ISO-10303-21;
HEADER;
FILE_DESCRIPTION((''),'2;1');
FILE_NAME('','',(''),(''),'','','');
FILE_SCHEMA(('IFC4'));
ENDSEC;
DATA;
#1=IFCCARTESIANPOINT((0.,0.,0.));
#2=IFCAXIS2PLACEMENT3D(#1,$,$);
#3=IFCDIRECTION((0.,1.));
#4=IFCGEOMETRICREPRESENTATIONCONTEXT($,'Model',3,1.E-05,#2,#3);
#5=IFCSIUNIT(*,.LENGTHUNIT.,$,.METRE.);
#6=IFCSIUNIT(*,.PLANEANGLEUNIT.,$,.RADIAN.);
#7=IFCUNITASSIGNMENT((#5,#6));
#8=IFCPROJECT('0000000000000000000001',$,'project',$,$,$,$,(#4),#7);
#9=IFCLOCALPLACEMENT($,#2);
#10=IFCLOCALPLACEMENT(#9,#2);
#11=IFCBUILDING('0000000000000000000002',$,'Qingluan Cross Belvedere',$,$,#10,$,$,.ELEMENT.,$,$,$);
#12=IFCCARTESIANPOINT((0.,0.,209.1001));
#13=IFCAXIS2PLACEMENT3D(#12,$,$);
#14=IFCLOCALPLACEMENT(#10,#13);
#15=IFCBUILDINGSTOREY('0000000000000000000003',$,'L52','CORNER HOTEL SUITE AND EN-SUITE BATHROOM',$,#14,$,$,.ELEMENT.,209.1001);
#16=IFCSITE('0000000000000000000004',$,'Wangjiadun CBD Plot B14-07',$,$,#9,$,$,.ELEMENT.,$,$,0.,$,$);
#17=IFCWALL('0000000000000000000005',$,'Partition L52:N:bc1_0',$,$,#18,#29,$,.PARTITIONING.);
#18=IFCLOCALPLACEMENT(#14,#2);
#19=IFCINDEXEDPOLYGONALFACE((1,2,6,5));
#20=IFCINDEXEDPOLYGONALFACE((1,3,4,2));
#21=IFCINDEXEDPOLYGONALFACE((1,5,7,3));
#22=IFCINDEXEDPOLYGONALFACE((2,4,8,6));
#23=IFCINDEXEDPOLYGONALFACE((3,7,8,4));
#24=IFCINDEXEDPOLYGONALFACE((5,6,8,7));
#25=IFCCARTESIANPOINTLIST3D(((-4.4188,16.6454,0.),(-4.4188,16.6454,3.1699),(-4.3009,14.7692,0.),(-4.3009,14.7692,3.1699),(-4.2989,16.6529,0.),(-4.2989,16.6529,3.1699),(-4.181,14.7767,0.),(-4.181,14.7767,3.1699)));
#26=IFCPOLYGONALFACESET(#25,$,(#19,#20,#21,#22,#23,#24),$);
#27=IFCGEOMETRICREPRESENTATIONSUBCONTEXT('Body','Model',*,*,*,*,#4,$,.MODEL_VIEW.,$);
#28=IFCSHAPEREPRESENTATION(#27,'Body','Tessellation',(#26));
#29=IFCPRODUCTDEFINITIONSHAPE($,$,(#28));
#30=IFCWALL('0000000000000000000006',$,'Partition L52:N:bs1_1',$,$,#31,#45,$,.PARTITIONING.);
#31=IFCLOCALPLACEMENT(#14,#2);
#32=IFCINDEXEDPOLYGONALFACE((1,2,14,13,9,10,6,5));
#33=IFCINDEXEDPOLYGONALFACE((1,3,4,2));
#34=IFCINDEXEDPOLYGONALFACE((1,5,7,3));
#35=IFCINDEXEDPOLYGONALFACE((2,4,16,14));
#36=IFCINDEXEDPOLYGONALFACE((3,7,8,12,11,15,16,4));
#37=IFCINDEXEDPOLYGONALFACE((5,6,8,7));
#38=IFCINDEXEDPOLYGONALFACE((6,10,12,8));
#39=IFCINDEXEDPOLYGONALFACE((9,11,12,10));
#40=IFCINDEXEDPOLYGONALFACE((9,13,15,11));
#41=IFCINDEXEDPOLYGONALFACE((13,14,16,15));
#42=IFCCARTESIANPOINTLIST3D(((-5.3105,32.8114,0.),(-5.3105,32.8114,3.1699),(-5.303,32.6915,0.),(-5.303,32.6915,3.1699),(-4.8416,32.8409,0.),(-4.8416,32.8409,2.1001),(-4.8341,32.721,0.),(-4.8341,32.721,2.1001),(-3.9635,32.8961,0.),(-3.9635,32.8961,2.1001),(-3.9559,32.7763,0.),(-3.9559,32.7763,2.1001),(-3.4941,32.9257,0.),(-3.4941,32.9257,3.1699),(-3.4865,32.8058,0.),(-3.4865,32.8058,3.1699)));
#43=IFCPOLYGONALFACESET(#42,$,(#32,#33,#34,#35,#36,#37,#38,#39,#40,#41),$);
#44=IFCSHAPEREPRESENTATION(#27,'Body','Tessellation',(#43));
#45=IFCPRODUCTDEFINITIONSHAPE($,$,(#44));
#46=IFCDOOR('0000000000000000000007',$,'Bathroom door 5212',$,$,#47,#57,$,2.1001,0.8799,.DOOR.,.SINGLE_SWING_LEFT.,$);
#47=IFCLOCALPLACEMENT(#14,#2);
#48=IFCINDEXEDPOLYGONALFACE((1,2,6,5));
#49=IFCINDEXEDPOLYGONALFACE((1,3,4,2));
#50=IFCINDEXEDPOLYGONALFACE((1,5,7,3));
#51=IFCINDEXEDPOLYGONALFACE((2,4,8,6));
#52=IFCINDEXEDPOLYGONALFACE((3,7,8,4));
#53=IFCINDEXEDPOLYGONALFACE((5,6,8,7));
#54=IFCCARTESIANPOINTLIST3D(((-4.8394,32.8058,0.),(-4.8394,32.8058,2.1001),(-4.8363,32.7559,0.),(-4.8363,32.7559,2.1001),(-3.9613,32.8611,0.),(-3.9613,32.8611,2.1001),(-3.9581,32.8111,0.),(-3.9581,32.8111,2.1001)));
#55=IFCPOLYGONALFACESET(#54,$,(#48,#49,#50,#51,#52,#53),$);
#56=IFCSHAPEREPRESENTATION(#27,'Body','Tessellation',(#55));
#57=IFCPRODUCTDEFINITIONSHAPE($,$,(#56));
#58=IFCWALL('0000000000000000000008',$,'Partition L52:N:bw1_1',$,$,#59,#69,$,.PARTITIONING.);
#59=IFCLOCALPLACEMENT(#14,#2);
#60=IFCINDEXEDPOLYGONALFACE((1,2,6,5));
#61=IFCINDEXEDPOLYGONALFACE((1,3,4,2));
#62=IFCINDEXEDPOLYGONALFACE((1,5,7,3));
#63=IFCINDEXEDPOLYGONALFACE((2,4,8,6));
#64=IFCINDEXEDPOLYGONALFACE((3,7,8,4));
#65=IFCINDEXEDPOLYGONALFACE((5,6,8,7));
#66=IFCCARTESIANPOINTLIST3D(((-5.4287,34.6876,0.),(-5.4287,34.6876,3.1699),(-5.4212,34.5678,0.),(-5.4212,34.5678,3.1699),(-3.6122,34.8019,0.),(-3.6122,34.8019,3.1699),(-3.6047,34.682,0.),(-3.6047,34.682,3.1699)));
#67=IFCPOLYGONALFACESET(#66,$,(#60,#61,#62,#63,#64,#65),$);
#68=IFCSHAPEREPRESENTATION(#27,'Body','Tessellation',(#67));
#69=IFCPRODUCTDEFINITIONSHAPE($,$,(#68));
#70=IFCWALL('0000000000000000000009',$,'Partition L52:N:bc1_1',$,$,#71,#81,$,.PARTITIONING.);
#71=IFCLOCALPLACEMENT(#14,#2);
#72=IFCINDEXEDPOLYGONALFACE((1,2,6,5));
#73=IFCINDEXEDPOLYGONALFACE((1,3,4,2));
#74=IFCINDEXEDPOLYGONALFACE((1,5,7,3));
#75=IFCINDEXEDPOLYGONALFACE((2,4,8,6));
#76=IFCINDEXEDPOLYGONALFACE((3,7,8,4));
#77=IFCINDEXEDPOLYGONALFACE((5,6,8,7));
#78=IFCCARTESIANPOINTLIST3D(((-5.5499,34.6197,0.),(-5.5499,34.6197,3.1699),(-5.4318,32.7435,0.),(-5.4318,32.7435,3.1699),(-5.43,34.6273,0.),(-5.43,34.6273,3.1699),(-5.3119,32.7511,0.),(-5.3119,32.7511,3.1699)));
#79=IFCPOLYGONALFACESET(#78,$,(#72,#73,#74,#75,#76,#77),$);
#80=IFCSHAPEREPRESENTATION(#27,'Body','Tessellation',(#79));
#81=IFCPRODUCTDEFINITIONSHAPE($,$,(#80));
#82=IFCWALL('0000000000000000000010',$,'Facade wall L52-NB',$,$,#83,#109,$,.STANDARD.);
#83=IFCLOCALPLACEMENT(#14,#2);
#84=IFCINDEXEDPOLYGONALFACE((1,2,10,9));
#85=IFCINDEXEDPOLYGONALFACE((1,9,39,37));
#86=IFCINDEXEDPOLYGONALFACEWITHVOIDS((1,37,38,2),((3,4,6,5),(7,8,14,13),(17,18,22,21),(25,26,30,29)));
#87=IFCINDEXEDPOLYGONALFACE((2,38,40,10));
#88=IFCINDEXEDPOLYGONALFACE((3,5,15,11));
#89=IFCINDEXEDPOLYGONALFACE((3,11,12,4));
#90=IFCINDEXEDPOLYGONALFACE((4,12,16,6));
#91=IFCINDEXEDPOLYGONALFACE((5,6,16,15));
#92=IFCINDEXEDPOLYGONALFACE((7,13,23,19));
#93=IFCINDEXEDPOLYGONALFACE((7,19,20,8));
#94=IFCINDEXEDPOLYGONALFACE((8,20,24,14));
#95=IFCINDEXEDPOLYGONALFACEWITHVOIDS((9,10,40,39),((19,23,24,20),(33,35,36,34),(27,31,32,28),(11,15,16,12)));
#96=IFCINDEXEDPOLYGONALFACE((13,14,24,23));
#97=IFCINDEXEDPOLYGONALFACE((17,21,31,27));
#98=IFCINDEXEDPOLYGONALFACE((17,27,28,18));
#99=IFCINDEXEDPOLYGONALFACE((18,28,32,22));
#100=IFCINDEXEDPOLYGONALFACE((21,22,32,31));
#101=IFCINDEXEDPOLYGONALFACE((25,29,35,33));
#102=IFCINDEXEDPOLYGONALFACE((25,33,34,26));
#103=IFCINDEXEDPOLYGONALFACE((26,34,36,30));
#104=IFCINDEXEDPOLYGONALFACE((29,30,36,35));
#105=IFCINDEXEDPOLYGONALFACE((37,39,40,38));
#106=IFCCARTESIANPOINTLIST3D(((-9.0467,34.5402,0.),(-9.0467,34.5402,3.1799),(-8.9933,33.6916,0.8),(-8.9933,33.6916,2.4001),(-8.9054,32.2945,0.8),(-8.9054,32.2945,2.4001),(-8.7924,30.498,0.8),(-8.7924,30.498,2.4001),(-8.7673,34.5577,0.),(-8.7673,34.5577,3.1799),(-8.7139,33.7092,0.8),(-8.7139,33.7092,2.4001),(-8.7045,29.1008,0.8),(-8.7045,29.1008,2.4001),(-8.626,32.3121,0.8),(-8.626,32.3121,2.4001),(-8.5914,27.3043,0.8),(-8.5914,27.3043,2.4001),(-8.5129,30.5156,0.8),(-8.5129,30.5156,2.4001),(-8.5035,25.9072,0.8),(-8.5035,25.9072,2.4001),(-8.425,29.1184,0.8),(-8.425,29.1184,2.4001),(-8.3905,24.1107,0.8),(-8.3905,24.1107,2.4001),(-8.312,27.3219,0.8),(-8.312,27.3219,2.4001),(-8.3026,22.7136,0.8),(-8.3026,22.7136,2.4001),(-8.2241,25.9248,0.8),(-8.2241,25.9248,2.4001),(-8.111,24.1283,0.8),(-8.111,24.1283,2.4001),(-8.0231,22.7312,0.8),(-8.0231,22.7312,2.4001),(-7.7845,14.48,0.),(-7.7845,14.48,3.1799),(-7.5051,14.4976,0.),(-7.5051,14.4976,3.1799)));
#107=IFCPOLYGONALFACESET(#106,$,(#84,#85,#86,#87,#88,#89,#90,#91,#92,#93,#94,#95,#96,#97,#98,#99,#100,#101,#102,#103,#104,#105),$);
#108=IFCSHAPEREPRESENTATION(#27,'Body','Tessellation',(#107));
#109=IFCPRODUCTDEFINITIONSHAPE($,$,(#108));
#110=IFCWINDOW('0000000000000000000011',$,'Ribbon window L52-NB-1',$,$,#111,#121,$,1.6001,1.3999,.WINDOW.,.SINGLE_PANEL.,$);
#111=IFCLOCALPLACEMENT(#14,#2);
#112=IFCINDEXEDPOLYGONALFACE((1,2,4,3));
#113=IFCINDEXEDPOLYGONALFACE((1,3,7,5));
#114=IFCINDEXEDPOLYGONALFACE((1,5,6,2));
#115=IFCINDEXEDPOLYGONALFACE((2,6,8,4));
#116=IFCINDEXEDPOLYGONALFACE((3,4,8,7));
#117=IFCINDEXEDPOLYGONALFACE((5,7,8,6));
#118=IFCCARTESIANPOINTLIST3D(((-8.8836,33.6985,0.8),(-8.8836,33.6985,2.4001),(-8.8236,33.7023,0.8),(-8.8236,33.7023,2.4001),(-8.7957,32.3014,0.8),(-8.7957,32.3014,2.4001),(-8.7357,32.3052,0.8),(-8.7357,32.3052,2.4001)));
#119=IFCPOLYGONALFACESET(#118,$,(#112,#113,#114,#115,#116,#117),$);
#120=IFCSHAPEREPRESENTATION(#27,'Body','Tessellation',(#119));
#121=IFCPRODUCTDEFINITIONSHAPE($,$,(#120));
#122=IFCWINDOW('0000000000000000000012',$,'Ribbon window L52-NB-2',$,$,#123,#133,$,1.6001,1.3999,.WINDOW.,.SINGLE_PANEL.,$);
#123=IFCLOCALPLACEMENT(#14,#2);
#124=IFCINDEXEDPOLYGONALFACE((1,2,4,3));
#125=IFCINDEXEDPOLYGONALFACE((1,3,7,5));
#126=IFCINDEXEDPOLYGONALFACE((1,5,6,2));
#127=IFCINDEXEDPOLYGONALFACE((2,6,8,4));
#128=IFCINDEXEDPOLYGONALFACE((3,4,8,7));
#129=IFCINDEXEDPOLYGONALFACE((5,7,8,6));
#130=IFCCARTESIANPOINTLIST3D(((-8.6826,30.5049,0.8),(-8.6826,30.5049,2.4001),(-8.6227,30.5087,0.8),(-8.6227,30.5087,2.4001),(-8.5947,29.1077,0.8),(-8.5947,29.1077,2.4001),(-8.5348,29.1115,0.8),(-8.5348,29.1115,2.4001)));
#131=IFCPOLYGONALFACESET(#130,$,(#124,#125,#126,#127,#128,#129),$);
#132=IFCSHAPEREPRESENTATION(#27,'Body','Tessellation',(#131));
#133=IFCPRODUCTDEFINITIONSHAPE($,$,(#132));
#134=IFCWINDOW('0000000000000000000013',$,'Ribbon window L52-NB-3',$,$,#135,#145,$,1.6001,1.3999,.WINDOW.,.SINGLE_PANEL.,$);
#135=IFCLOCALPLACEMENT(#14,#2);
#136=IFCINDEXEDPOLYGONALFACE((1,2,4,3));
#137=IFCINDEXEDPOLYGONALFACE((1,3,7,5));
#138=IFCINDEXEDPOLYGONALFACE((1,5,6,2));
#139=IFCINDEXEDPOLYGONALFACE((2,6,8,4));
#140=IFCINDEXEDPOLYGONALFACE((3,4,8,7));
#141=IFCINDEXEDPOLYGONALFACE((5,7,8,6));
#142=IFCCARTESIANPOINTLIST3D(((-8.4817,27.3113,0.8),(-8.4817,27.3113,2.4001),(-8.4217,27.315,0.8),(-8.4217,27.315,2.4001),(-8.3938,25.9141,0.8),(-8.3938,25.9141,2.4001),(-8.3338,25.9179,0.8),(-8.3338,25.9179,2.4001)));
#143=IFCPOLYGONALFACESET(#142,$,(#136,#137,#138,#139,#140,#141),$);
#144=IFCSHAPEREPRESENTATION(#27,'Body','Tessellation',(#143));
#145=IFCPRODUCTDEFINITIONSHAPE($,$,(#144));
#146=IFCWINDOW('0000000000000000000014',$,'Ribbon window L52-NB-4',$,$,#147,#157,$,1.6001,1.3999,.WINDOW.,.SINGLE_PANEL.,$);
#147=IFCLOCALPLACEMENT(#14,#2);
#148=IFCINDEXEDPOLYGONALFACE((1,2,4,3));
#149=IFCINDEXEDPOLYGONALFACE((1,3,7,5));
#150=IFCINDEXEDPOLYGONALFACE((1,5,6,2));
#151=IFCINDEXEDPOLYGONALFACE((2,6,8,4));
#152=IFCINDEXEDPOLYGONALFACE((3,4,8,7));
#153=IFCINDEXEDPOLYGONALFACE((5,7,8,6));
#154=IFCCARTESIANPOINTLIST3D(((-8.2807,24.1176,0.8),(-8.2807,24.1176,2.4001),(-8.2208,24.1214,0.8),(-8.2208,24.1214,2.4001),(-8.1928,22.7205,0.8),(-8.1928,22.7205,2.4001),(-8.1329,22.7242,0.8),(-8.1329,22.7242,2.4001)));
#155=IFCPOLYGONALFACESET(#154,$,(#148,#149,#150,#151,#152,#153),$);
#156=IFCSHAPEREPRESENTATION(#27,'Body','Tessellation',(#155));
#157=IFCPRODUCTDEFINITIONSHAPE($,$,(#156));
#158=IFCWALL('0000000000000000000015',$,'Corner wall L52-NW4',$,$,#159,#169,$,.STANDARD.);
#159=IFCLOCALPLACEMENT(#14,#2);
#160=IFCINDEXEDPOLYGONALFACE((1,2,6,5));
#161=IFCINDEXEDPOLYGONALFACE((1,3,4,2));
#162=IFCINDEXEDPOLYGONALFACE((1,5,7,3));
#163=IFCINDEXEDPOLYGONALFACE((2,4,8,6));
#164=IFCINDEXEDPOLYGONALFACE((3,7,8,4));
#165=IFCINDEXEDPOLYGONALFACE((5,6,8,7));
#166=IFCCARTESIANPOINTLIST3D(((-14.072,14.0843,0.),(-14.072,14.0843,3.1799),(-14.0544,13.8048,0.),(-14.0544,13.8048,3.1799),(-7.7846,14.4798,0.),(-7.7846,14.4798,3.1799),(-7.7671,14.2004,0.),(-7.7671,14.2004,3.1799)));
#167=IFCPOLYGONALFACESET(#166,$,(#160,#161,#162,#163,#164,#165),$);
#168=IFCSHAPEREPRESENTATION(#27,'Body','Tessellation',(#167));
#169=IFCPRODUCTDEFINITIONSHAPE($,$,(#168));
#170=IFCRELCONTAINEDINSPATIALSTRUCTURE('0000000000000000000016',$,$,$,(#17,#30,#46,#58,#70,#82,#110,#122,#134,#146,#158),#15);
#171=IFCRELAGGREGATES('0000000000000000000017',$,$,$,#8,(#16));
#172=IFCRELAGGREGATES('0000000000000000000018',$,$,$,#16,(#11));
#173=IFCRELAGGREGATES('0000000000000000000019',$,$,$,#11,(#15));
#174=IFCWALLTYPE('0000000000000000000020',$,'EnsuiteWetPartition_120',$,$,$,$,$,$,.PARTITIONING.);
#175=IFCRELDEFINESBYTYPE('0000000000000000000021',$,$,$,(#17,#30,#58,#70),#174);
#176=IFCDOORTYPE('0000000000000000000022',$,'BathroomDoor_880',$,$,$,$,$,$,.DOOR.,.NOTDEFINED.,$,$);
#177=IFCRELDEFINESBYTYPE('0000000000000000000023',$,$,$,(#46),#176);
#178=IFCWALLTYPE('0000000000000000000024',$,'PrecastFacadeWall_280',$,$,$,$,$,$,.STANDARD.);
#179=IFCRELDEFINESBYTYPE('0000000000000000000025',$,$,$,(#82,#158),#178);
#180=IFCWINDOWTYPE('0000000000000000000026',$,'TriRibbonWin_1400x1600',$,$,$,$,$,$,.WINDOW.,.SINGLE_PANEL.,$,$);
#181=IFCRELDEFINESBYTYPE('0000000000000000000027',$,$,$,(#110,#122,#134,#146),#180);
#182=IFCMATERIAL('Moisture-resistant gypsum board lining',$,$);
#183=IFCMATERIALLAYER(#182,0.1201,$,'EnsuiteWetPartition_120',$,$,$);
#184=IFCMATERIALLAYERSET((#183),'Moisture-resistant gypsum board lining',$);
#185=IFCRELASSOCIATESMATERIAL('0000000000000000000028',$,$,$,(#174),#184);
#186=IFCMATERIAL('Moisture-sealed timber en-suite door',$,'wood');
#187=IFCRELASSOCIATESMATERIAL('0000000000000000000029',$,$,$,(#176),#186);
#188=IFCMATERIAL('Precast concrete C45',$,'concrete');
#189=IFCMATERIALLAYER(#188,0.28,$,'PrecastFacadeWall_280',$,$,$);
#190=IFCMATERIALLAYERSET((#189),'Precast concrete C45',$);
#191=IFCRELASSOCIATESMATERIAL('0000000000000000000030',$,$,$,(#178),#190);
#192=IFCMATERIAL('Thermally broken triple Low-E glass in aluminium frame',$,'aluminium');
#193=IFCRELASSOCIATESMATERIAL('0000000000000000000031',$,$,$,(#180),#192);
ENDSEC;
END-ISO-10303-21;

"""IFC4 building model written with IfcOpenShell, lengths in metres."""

from ifc_helpers import new_model, si_unit, direction, frame, frame_2d, origin, place, context, subcontext, project, spatial, rectangle, extrude, material, layer, layer_set, type_object, element, fill, save


model = new_model("IFC4")

# Units and contexts
model_context = context("Model", 3, precision=1e-05, world=origin(), true_north=direction((0.0, 1.0)))
body_context = subcontext(model_context, "Body", "Model", "MODEL_VIEW")
ifc_project = project(units=[si_unit("LENGTHUNIT", "METRE"), si_unit("PLANEANGLEUNIT", "RADIAN")], contexts=[model_context])

# Site, building, storey
site_placement = place(None, origin())
site = spatial("IfcSite", under=ifc_project, at=site_placement, Name="Wangjiadun CBD Plot B14-07", CompositionType="ELEMENT", RefElevation=0.0)
building_placement = place(site_placement, origin())
building = spatial("IfcBuilding", under=site, at=building_placement, Name="Qingluan Cross Belvedere", CompositionType="ELEMENT")
storey_placement = place(building_placement, frame((0.0, 0.0, 209.1001)))
storey = spatial("IfcBuildingStorey", under=building, at=storey_placement, Name="L52", Description="CORNER HOTEL SUITE AND EN-SUITE BATHROOM", CompositionType="ELEMENT", Elevation=209.1001)

# Shared definitions
ifc_material_1 = material(Name="Moisture-resistant gypsum board lining")
ifc_layer_1 = layer(ifc_material_1, 0.1201, Name="EnsuiteWetPartition_120")
ifc_layer_set_1 = layer_set([ifc_layer_1], Name="Moisture-resistant gypsum board lining")
wall_type_1 = type_object("IfcWallType", Name="EnsuiteWetPartition_120", PredefinedType="PARTITIONING", material=ifc_layer_set_1)
ifc_material_2 = material(Name="Moisture-sealed timber en-suite door", Category="wood")
door_type = type_object("IfcDoorType", Name="BathroomDoor_880", OperationType="NOTDEFINED", PredefinedType="DOOR", material=ifc_material_2)

# Wall
wall_1_placement = place(storey_placement, frame((-4.241, 14.7729, 0.0), z_axis=(0.0, 0.0, 1.0), x_axis=(-0.062726, 0.998031, 0.0)))
element("IfcWall", 1, at=wall_1_placement, inside=storey, type_object=wall_type_1, Name="Partition L52:N:bc1_0", PredefinedType="PARTITIONING", context=body_context, shape_type="SweptSolid", body=[
    extrude(rectangle(XDim=1.8799, YDim=0.1201, at=frame_2d((0.9399, 0.0))), origin(), (0.0, 0.0, 1.0), 3.1699),
])

# Wall, opening, door
wall_2_placement = place(storey_placement, frame((-5.3069, 32.7515, 0.0), z_axis=(0.0, 0.0, 1.0), x_axis=(0.998027, 0.062779, 0.0)))
wall_2 = element("IfcWall", 2, at=wall_2_placement, inside=storey, type_object=wall_type_1, Name="Partition L52:N:bs1_1", PredefinedType="PARTITIONING", context=body_context, shape_type="SweptSolid", body=[
    extrude(rectangle(XDim=1.8201, YDim=0.1201, at=frame_2d((0.9102, 0.0))), origin(), (0.0, 0.0, 1.0), 3.1699),
])
opening_1_placement = place(wall_2_placement, frame((0.47, 0.0, 0.0)))
opening_1 = element("IfcOpeningElement", 3, at=opening_1_placement, cuts=wall_2, PredefinedType="OPENING", context=body_context, shape_type="SweptSolid", body=[
    extrude(rectangle(XDim=0.8799, YDim=2.1001, at=frame_2d((0.4399, 1.05))), frame((0.0, 0.0701, 0.0), z_axis=(0.0, -1.0, 0.0), x_axis=(1.0, 0.0, 0.0)), (0.0, 0.0, 1.0), 0.1401),
])
door_1_placement = place(opening_1_placement, origin())
door_1 = element("IfcDoor", 4, at=door_1_placement, inside=storey, type_object=door_type, Name="Bathroom door 5212", OperationType="SINGLE_SWING_LEFT", OverallHeight=2.1001, OverallWidth=0.8799, PredefinedType="DOOR", context=body_context, shape_type="SweptSolid", body=[
    extrude(rectangle(XDim=0.8799, YDim=2.1001, at=frame_2d((0.4399, 1.05))), frame((0.0, 0.0249, 0.0), z_axis=(0.0, -1.0, 0.0), x_axis=(1.0, 0.0, 0.0)), (0.0, 0.0, 1.0), 0.05),
])
fill(opening_1, door_1)

# Walls
wall_3_placement = place(storey_placement, frame((-5.425, 34.6277, 0.0), z_axis=(0.0, 0.0, 1.0), x_axis=(0.998027, 0.062779, 0.0)))
element("IfcWall", 5, at=wall_3_placement, inside=storey, type_object=wall_type_1, Name="Partition L52:N:bw1_1", PredefinedType="PARTITIONING", context=body_context, shape_type="SweptSolid", body=[
    extrude(rectangle(XDim=1.8201, YDim=0.1201, at=frame_2d((0.9102, 0.0))), origin(), (0.0, 0.0, 1.0), 3.1699),
])
wall_4_placement = place(storey_placement, frame((-5.3718, 32.7473, 0.0), z_axis=(0.0, 0.0, 1.0), x_axis=(-0.062855, 0.998023, 0.0)))
element("IfcWall", 6, at=wall_4_placement, inside=storey, type_object=wall_type_1, Name="Partition L52:N:bc1_1", PredefinedType="PARTITIONING", context=body_context, shape_type="SweptSolid", body=[
    extrude(rectangle(XDim=1.8799, YDim=0.1201, at=frame_2d((0.9399, 0.0))), origin(), (0.0, 0.0, 1.0), 3.1699),
])

# Wall, openings, windows
ifc_material_3 = material(Name="Precast concrete C45", Category="concrete")
ifc_layer_2 = layer(ifc_material_3, 0.28, Name="PrecastFacadeWall_280")
ifc_layer_set_2 = layer_set([ifc_layer_2], Name="Precast concrete C45")
wall_type_2 = type_object("IfcWallType", Name="PrecastFacadeWall_280", PredefinedType="STANDARD", material=ifc_layer_set_2)
wall_5_placement = place(storey_placement, frame((-8.907, 34.5488, 0.0), z_axis=(0.0, 0.0, 1.0), x_axis=(0.062796, -0.998026, 0.0)))
wall_5 = element("IfcWall", 7, at=wall_5_placement, inside=storey, type_object=wall_type_2, Name="Facade wall L52-NB", PredefinedType="STANDARD", context=body_context, shape_type="SweptSolid", body=[
    extrude(rectangle(XDim=20.0999, YDim=0.28, at=frame_2d((10.0498, 0.0))), origin(), (0.0, 0.0, 1.0), 3.1799),
])
opening_2_placement = place(wall_5_placement, frame((0.8501, 0.0, 0.8)))
opening_2 = element("IfcOpeningElement", 8, at=opening_2_placement, cuts=wall_5, PredefinedType="OPENING", context=body_context, shape_type="SweptSolid", body=[
    extrude(rectangle(XDim=1.3999, YDim=1.6001, at=frame_2d((0.7, 0.8))), frame((0.0, 0.1499, 0.0), z_axis=(0.0, -1.0, 0.0), x_axis=(1.0, 0.0, 0.0)), (0.0, 0.0, 1.0), 0.3),
])
opening_3_placement = place(wall_5_placement, frame((4.05, 0.0, 0.8)))
opening_3 = element("IfcOpeningElement", 9, at=opening_3_placement, cuts=wall_5, PredefinedType="OPENING", context=body_context, shape_type="SweptSolid", body=[
    extrude(rectangle(XDim=1.3999, YDim=1.6001, at=frame_2d((0.7, 0.8))), frame((0.0, 0.1499, 0.0), z_axis=(0.0, -1.0, 0.0), x_axis=(1.0, 0.0, 0.0)), (0.0, 0.0, 1.0), 0.3),
])
opening_4_placement = place(wall_5_placement, frame((7.25, 0.0, 0.8)))
opening_4 = element("IfcOpeningElement", 10, at=opening_4_placement, cuts=wall_5, PredefinedType="OPENING", context=body_context, shape_type="SweptSolid", body=[
    extrude(rectangle(XDim=1.3999, YDim=1.6001, at=frame_2d((0.7, 0.8))), frame((0.0, 0.1499, 0.0), z_axis=(0.0, -1.0, 0.0), x_axis=(1.0, 0.0, 0.0)), (0.0, 0.0, 1.0), 0.3),
])
opening_5_placement = place(wall_5_placement, frame((10.45, 0.0, 0.8)))
opening_5 = element("IfcOpeningElement", 11, at=opening_5_placement, cuts=wall_5, PredefinedType="OPENING", context=body_context, shape_type="SweptSolid", body=[
    extrude(rectangle(XDim=1.3999, YDim=1.6001, at=frame_2d((0.7, 0.8))), frame((0.0, 0.1499, 0.0), z_axis=(0.0, -1.0, 0.0), x_axis=(1.0, 0.0, 0.0)), (0.0, 0.0, 1.0), 0.3),
])
ifc_material_4 = material(Name="Thermally broken triple Low-E glass in aluminium frame", Category="aluminium")
window_type = type_object("IfcWindowType", Name="TriRibbonWin_1400x1600", PartitioningType="SINGLE_PANEL", PredefinedType="WINDOW", material=ifc_material_4)
window_1_placement = place(opening_2_placement, origin())
window_1 = element("IfcWindow", 12, at=window_1_placement, inside=storey, type_object=window_type, Name="Ribbon window L52-NB-1", OverallHeight=1.6001, OverallWidth=1.3999, PartitioningType="SINGLE_PANEL", PredefinedType="WINDOW", context=body_context, shape_type="SweptSolid", body=[
    extrude(rectangle(XDim=1.3999, YDim=1.6001, at=frame_2d((0.7, 0.8))), frame((0.0, 0.03, 0.0), z_axis=(0.0, -1.0, 0.0), x_axis=(1.0, 0.0, 0.0)), (0.0, 0.0, 1.0), 0.0601),
])
fill(opening_2, window_1)
window_2_placement = place(opening_3_placement, origin())
window_2 = element("IfcWindow", 13, at=window_2_placement, inside=storey, type_object=window_type, Name="Ribbon window L52-NB-2", OverallHeight=1.6001, OverallWidth=1.3999, PartitioningType="SINGLE_PANEL", PredefinedType="WINDOW", context=body_context, shape_type="SweptSolid", body=[
    extrude(rectangle(XDim=1.3999, YDim=1.6001, at=frame_2d((0.7, 0.8))), frame((0.0, 0.03, 0.0), z_axis=(0.0, -1.0, 0.0), x_axis=(1.0, 0.0, 0.0)), (0.0, 0.0, 1.0), 0.0601),
])
fill(opening_3, window_2)
window_3_placement = place(opening_4_placement, origin())
window_3 = element("IfcWindow", 14, at=window_3_placement, inside=storey, type_object=window_type, Name="Ribbon window L52-NB-3", OverallHeight=1.6001, OverallWidth=1.3999, PartitioningType="SINGLE_PANEL", PredefinedType="WINDOW", context=body_context, shape_type="SweptSolid", body=[
    extrude(rectangle(XDim=1.3999, YDim=1.6001, at=frame_2d((0.7, 0.8))), frame((0.0, 0.03, 0.0), z_axis=(0.0, -1.0, 0.0), x_axis=(1.0, 0.0, 0.0)), (0.0, 0.0, 1.0), 0.0601),
])
fill(opening_4, window_3)
window_4_placement = place(opening_5_placement, origin())
window_4 = element("IfcWindow", 15, at=window_4_placement, inside=storey, type_object=window_type, Name="Ribbon window L52-NB-4", OverallHeight=1.6001, OverallWidth=1.3999, PartitioningType="SINGLE_PANEL", PredefinedType="WINDOW", context=body_context, shape_type="SweptSolid", body=[
    extrude(rectangle(XDim=1.3999, YDim=1.6001, at=frame_2d((0.7, 0.8))), frame((0.0, 0.03, 0.0), z_axis=(0.0, -1.0, 0.0), x_axis=(1.0, 0.0, 0.0)), (0.0, 0.0, 1.0), 0.0601),
])
fill(opening_5, window_4)

# Wall
wall_6_placement = place(storey_placement, frame((-14.0632, 13.9446, 0.0), z_axis=(0.0, 0.0, 1.0), x_axis=(0.998027, 0.062781, 0.0)))
element("IfcWall", 16, at=wall_6_placement, inside=storey, type_object=wall_type_2, Name="Corner wall L52-NW4", PredefinedType="STANDARD", context=body_context, shape_type="SweptSolid", body=[
    extrude(rectangle(XDim=6.2998, YDim=0.28, at=frame_2d((3.1499, 0.0))), origin(), (0.0, 0.0, 1.0), 3.1799),
])

save(model, "model.ifc")
